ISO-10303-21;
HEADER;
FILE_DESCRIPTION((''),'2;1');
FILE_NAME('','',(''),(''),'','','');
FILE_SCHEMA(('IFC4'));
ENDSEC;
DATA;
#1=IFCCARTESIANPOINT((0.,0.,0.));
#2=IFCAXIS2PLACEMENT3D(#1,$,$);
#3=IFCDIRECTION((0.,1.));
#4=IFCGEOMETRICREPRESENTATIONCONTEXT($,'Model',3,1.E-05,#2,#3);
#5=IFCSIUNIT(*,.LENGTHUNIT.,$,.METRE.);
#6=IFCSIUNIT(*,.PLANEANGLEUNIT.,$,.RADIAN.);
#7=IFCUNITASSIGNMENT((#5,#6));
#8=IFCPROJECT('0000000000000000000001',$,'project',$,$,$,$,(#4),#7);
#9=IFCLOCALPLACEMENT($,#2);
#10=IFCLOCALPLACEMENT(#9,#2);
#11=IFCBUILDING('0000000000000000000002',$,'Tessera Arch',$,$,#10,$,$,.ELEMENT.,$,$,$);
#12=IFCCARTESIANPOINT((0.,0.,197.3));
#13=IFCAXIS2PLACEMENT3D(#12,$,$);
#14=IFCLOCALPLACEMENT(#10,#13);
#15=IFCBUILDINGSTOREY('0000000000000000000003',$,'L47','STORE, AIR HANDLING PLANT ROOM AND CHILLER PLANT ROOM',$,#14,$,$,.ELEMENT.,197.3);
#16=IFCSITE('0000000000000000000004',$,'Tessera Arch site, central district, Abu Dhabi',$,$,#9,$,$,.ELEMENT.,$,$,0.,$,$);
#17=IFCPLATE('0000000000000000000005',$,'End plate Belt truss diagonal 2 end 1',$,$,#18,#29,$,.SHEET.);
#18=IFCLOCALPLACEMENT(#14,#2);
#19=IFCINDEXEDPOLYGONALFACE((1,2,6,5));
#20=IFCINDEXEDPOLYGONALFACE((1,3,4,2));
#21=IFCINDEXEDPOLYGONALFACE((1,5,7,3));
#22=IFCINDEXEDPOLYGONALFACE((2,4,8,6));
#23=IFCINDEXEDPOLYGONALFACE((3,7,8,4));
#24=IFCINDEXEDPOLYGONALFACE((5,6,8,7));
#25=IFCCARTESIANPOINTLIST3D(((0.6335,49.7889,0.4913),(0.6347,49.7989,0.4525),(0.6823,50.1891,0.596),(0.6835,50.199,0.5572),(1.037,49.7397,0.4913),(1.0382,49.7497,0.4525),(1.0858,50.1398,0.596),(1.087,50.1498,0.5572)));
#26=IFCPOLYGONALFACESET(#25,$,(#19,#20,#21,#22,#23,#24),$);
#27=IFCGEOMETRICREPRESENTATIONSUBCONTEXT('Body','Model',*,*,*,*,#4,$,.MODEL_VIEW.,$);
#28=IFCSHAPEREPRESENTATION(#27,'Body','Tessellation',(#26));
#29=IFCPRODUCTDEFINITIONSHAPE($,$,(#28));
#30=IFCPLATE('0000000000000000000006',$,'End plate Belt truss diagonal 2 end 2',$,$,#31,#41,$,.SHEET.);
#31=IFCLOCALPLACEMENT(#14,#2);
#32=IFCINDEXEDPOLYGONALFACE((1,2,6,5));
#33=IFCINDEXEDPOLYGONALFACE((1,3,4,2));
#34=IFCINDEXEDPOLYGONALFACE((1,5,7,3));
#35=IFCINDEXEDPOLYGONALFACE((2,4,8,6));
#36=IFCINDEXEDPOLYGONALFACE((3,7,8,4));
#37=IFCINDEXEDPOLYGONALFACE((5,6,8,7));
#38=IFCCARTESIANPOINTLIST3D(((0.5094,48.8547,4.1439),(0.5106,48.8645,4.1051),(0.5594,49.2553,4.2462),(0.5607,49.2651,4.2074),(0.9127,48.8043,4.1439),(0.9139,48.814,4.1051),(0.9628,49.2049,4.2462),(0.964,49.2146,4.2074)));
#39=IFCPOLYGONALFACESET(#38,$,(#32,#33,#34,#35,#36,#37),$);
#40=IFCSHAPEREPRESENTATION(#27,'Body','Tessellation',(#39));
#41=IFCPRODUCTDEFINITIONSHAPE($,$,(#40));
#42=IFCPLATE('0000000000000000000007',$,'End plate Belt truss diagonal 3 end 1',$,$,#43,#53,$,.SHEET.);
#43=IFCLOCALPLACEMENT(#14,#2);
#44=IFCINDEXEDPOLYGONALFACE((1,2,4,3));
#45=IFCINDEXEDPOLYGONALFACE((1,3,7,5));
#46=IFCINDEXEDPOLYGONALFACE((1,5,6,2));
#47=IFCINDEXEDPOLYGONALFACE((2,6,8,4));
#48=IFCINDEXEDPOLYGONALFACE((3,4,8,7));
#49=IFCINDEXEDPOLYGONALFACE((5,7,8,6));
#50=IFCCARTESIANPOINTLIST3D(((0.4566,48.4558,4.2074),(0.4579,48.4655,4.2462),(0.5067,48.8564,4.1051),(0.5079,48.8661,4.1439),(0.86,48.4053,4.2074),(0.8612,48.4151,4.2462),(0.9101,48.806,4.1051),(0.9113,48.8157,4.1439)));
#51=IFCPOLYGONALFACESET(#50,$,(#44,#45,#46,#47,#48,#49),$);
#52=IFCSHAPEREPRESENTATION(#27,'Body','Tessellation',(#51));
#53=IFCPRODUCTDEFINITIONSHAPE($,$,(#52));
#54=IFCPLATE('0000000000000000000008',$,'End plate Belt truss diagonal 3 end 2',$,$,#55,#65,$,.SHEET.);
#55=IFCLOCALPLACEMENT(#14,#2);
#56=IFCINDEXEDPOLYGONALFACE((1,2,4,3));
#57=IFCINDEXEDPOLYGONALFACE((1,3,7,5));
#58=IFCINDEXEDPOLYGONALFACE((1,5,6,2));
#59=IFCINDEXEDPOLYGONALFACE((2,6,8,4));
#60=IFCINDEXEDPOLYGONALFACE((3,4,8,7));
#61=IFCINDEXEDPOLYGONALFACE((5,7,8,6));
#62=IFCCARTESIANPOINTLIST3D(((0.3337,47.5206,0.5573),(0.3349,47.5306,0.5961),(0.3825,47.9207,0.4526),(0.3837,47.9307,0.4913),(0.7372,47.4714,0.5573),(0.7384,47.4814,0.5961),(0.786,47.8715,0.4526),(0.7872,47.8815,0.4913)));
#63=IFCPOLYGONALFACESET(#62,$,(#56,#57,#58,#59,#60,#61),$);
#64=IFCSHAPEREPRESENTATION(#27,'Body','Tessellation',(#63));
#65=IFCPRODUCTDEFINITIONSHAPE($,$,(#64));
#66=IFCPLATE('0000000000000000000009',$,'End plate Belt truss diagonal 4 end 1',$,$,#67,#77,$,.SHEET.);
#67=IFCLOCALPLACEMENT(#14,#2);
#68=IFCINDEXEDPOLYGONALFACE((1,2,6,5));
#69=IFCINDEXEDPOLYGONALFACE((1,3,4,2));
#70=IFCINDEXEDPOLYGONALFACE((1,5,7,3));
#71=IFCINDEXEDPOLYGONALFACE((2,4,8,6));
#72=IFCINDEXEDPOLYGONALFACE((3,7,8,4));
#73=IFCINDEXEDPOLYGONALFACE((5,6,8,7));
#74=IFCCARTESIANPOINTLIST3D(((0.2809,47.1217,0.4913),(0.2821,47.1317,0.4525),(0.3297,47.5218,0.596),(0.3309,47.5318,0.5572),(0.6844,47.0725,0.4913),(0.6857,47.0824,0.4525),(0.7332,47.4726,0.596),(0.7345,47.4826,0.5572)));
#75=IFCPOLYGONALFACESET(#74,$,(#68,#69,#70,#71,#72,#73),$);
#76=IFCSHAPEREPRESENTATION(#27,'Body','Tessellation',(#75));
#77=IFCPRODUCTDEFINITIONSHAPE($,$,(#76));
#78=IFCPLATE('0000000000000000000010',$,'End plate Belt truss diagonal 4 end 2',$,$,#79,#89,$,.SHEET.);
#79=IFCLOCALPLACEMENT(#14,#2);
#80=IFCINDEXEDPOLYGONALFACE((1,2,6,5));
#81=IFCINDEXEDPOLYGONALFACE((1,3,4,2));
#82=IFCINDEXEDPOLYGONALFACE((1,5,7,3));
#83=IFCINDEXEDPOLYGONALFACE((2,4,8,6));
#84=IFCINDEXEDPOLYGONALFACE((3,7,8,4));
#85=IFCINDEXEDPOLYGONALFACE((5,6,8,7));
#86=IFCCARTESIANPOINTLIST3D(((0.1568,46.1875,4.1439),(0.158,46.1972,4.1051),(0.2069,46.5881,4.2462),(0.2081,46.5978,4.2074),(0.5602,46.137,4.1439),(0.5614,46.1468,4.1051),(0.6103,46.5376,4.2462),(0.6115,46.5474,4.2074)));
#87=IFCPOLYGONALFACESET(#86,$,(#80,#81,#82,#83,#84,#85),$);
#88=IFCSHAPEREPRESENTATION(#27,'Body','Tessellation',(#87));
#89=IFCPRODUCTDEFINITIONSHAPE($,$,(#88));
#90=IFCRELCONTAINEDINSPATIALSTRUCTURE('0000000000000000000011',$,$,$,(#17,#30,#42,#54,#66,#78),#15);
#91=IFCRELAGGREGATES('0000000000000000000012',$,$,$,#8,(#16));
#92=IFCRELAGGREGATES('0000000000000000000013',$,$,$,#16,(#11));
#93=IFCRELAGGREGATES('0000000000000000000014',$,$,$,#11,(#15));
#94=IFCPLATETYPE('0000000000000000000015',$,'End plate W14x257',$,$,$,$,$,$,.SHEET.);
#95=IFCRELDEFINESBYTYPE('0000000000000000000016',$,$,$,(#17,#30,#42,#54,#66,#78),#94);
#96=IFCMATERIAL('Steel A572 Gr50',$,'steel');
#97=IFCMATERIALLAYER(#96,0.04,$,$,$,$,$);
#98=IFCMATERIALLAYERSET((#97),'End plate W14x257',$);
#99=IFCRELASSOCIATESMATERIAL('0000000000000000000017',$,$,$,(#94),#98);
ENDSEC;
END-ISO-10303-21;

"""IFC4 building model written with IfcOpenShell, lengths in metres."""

from ifc_helpers import new_model, si_unit, direction, frame, origin, origin_2d, place, context, subcontext, project, spatial, rectangle, extrude, material, layer, layer_set, type_object, element, save


model = new_model("IFC4")

# Units and contexts
model_context = context("Model", 3, precision=1e-05, world=origin(), true_north=direction((0.0, 1.0)))
body_context = subcontext(model_context, "Body", "Model", "MODEL_VIEW")
ifc_project = project(units=[si_unit("LENGTHUNIT", "METRE"), si_unit("PLANEANGLEUNIT", "RADIAN")], contexts=[model_context])

# Site, building, storey
site_placement = place(None, origin())
site = spatial("IfcSite", under=ifc_project, at=site_placement, Name="Tessera Arch site, central district, Abu Dhabi", CompositionType="ELEMENT", RefElevation=0.0)
building_placement = place(site_placement, origin())
building = spatial("IfcBuilding", under=site, at=building_placement, Name="Tessera Arch", CompositionType="ELEMENT")
storey_placement = place(building_placement, frame((0.0, 0.0, 197.3)))
storey = spatial("IfcBuildingStorey", under=building, at=storey_placement, Name="L47", Description="STORE, AIR HANDLING PLANT ROOM AND CHILLER PLANT ROOM", CompositionType="ELEMENT", Elevation=197.3)

# Plates
ifc_material_1 = material(Name="Steel A572 Gr50", Category="steel")
ifc_layer_1 = layer(ifc_material_1, 0.04)
ifc_layer_set_1 = layer_set([ifc_layer_1], Name="End plate W14x257")
plate_type_1 = type_object("IfcPlateType", Name="End plate W14x257", PredefinedType="SHEET", material=ifc_layer_set_1)
for number, where, z_axis, x_axis, name in (
    (1, (0.8608, 49.9744, 0.5049), (-0.030436, -0.249578, 0.967876), (0.992646, -0.121054, 0.0), "End plate Belt truss diagonal 2 end 1"),
    (2, (0.7373, 49.0396, 4.1562), (-0.030482, -0.243857, 0.969332), (0.992278, -0.124035, 0.0), "End plate Belt truss diagonal 2 end 2"),
    (3, (0.6846, 48.6406, 4.1951), (-0.030482, -0.243857, -0.969332), (0.992278, -0.124035, 0.0), "End plate Belt truss diagonal 3 end 1"),
    (4, (0.561, 47.7061, 0.5437), (-0.030436, -0.249578, -0.967876), (0.992646, -0.121054, 0.0), "End plate Belt truss diagonal 3 end 2"),
    (5, (0.5083, 47.3071, 0.5049), (-0.030436, -0.249578, 0.967876), (0.992646, -0.121054, 0.0), "End plate Belt truss diagonal 4 end 1"),
    (6, (0.3848, 46.3723, 4.1562), (-0.030482, -0.243857, 0.969332), (0.992278, -0.124035, 0.0), "End plate Belt truss diagonal 4 end 2"),
):
    element("IfcPlate", number, at=place(storey_placement, frame(where, z_axis=z_axis, x_axis=x_axis)), inside=storey, type_object=plate_type_1, Name=name, PredefinedType="SHEET", context=body_context, shape_type="SweptSolid", body=[
        extrude(rectangle(XDim=0.4065, YDim=0.4165, at=origin_2d()), origin(), (0.0, 0.0, 1.0), 0.04),
    ])

save(model, "model.ifc")
